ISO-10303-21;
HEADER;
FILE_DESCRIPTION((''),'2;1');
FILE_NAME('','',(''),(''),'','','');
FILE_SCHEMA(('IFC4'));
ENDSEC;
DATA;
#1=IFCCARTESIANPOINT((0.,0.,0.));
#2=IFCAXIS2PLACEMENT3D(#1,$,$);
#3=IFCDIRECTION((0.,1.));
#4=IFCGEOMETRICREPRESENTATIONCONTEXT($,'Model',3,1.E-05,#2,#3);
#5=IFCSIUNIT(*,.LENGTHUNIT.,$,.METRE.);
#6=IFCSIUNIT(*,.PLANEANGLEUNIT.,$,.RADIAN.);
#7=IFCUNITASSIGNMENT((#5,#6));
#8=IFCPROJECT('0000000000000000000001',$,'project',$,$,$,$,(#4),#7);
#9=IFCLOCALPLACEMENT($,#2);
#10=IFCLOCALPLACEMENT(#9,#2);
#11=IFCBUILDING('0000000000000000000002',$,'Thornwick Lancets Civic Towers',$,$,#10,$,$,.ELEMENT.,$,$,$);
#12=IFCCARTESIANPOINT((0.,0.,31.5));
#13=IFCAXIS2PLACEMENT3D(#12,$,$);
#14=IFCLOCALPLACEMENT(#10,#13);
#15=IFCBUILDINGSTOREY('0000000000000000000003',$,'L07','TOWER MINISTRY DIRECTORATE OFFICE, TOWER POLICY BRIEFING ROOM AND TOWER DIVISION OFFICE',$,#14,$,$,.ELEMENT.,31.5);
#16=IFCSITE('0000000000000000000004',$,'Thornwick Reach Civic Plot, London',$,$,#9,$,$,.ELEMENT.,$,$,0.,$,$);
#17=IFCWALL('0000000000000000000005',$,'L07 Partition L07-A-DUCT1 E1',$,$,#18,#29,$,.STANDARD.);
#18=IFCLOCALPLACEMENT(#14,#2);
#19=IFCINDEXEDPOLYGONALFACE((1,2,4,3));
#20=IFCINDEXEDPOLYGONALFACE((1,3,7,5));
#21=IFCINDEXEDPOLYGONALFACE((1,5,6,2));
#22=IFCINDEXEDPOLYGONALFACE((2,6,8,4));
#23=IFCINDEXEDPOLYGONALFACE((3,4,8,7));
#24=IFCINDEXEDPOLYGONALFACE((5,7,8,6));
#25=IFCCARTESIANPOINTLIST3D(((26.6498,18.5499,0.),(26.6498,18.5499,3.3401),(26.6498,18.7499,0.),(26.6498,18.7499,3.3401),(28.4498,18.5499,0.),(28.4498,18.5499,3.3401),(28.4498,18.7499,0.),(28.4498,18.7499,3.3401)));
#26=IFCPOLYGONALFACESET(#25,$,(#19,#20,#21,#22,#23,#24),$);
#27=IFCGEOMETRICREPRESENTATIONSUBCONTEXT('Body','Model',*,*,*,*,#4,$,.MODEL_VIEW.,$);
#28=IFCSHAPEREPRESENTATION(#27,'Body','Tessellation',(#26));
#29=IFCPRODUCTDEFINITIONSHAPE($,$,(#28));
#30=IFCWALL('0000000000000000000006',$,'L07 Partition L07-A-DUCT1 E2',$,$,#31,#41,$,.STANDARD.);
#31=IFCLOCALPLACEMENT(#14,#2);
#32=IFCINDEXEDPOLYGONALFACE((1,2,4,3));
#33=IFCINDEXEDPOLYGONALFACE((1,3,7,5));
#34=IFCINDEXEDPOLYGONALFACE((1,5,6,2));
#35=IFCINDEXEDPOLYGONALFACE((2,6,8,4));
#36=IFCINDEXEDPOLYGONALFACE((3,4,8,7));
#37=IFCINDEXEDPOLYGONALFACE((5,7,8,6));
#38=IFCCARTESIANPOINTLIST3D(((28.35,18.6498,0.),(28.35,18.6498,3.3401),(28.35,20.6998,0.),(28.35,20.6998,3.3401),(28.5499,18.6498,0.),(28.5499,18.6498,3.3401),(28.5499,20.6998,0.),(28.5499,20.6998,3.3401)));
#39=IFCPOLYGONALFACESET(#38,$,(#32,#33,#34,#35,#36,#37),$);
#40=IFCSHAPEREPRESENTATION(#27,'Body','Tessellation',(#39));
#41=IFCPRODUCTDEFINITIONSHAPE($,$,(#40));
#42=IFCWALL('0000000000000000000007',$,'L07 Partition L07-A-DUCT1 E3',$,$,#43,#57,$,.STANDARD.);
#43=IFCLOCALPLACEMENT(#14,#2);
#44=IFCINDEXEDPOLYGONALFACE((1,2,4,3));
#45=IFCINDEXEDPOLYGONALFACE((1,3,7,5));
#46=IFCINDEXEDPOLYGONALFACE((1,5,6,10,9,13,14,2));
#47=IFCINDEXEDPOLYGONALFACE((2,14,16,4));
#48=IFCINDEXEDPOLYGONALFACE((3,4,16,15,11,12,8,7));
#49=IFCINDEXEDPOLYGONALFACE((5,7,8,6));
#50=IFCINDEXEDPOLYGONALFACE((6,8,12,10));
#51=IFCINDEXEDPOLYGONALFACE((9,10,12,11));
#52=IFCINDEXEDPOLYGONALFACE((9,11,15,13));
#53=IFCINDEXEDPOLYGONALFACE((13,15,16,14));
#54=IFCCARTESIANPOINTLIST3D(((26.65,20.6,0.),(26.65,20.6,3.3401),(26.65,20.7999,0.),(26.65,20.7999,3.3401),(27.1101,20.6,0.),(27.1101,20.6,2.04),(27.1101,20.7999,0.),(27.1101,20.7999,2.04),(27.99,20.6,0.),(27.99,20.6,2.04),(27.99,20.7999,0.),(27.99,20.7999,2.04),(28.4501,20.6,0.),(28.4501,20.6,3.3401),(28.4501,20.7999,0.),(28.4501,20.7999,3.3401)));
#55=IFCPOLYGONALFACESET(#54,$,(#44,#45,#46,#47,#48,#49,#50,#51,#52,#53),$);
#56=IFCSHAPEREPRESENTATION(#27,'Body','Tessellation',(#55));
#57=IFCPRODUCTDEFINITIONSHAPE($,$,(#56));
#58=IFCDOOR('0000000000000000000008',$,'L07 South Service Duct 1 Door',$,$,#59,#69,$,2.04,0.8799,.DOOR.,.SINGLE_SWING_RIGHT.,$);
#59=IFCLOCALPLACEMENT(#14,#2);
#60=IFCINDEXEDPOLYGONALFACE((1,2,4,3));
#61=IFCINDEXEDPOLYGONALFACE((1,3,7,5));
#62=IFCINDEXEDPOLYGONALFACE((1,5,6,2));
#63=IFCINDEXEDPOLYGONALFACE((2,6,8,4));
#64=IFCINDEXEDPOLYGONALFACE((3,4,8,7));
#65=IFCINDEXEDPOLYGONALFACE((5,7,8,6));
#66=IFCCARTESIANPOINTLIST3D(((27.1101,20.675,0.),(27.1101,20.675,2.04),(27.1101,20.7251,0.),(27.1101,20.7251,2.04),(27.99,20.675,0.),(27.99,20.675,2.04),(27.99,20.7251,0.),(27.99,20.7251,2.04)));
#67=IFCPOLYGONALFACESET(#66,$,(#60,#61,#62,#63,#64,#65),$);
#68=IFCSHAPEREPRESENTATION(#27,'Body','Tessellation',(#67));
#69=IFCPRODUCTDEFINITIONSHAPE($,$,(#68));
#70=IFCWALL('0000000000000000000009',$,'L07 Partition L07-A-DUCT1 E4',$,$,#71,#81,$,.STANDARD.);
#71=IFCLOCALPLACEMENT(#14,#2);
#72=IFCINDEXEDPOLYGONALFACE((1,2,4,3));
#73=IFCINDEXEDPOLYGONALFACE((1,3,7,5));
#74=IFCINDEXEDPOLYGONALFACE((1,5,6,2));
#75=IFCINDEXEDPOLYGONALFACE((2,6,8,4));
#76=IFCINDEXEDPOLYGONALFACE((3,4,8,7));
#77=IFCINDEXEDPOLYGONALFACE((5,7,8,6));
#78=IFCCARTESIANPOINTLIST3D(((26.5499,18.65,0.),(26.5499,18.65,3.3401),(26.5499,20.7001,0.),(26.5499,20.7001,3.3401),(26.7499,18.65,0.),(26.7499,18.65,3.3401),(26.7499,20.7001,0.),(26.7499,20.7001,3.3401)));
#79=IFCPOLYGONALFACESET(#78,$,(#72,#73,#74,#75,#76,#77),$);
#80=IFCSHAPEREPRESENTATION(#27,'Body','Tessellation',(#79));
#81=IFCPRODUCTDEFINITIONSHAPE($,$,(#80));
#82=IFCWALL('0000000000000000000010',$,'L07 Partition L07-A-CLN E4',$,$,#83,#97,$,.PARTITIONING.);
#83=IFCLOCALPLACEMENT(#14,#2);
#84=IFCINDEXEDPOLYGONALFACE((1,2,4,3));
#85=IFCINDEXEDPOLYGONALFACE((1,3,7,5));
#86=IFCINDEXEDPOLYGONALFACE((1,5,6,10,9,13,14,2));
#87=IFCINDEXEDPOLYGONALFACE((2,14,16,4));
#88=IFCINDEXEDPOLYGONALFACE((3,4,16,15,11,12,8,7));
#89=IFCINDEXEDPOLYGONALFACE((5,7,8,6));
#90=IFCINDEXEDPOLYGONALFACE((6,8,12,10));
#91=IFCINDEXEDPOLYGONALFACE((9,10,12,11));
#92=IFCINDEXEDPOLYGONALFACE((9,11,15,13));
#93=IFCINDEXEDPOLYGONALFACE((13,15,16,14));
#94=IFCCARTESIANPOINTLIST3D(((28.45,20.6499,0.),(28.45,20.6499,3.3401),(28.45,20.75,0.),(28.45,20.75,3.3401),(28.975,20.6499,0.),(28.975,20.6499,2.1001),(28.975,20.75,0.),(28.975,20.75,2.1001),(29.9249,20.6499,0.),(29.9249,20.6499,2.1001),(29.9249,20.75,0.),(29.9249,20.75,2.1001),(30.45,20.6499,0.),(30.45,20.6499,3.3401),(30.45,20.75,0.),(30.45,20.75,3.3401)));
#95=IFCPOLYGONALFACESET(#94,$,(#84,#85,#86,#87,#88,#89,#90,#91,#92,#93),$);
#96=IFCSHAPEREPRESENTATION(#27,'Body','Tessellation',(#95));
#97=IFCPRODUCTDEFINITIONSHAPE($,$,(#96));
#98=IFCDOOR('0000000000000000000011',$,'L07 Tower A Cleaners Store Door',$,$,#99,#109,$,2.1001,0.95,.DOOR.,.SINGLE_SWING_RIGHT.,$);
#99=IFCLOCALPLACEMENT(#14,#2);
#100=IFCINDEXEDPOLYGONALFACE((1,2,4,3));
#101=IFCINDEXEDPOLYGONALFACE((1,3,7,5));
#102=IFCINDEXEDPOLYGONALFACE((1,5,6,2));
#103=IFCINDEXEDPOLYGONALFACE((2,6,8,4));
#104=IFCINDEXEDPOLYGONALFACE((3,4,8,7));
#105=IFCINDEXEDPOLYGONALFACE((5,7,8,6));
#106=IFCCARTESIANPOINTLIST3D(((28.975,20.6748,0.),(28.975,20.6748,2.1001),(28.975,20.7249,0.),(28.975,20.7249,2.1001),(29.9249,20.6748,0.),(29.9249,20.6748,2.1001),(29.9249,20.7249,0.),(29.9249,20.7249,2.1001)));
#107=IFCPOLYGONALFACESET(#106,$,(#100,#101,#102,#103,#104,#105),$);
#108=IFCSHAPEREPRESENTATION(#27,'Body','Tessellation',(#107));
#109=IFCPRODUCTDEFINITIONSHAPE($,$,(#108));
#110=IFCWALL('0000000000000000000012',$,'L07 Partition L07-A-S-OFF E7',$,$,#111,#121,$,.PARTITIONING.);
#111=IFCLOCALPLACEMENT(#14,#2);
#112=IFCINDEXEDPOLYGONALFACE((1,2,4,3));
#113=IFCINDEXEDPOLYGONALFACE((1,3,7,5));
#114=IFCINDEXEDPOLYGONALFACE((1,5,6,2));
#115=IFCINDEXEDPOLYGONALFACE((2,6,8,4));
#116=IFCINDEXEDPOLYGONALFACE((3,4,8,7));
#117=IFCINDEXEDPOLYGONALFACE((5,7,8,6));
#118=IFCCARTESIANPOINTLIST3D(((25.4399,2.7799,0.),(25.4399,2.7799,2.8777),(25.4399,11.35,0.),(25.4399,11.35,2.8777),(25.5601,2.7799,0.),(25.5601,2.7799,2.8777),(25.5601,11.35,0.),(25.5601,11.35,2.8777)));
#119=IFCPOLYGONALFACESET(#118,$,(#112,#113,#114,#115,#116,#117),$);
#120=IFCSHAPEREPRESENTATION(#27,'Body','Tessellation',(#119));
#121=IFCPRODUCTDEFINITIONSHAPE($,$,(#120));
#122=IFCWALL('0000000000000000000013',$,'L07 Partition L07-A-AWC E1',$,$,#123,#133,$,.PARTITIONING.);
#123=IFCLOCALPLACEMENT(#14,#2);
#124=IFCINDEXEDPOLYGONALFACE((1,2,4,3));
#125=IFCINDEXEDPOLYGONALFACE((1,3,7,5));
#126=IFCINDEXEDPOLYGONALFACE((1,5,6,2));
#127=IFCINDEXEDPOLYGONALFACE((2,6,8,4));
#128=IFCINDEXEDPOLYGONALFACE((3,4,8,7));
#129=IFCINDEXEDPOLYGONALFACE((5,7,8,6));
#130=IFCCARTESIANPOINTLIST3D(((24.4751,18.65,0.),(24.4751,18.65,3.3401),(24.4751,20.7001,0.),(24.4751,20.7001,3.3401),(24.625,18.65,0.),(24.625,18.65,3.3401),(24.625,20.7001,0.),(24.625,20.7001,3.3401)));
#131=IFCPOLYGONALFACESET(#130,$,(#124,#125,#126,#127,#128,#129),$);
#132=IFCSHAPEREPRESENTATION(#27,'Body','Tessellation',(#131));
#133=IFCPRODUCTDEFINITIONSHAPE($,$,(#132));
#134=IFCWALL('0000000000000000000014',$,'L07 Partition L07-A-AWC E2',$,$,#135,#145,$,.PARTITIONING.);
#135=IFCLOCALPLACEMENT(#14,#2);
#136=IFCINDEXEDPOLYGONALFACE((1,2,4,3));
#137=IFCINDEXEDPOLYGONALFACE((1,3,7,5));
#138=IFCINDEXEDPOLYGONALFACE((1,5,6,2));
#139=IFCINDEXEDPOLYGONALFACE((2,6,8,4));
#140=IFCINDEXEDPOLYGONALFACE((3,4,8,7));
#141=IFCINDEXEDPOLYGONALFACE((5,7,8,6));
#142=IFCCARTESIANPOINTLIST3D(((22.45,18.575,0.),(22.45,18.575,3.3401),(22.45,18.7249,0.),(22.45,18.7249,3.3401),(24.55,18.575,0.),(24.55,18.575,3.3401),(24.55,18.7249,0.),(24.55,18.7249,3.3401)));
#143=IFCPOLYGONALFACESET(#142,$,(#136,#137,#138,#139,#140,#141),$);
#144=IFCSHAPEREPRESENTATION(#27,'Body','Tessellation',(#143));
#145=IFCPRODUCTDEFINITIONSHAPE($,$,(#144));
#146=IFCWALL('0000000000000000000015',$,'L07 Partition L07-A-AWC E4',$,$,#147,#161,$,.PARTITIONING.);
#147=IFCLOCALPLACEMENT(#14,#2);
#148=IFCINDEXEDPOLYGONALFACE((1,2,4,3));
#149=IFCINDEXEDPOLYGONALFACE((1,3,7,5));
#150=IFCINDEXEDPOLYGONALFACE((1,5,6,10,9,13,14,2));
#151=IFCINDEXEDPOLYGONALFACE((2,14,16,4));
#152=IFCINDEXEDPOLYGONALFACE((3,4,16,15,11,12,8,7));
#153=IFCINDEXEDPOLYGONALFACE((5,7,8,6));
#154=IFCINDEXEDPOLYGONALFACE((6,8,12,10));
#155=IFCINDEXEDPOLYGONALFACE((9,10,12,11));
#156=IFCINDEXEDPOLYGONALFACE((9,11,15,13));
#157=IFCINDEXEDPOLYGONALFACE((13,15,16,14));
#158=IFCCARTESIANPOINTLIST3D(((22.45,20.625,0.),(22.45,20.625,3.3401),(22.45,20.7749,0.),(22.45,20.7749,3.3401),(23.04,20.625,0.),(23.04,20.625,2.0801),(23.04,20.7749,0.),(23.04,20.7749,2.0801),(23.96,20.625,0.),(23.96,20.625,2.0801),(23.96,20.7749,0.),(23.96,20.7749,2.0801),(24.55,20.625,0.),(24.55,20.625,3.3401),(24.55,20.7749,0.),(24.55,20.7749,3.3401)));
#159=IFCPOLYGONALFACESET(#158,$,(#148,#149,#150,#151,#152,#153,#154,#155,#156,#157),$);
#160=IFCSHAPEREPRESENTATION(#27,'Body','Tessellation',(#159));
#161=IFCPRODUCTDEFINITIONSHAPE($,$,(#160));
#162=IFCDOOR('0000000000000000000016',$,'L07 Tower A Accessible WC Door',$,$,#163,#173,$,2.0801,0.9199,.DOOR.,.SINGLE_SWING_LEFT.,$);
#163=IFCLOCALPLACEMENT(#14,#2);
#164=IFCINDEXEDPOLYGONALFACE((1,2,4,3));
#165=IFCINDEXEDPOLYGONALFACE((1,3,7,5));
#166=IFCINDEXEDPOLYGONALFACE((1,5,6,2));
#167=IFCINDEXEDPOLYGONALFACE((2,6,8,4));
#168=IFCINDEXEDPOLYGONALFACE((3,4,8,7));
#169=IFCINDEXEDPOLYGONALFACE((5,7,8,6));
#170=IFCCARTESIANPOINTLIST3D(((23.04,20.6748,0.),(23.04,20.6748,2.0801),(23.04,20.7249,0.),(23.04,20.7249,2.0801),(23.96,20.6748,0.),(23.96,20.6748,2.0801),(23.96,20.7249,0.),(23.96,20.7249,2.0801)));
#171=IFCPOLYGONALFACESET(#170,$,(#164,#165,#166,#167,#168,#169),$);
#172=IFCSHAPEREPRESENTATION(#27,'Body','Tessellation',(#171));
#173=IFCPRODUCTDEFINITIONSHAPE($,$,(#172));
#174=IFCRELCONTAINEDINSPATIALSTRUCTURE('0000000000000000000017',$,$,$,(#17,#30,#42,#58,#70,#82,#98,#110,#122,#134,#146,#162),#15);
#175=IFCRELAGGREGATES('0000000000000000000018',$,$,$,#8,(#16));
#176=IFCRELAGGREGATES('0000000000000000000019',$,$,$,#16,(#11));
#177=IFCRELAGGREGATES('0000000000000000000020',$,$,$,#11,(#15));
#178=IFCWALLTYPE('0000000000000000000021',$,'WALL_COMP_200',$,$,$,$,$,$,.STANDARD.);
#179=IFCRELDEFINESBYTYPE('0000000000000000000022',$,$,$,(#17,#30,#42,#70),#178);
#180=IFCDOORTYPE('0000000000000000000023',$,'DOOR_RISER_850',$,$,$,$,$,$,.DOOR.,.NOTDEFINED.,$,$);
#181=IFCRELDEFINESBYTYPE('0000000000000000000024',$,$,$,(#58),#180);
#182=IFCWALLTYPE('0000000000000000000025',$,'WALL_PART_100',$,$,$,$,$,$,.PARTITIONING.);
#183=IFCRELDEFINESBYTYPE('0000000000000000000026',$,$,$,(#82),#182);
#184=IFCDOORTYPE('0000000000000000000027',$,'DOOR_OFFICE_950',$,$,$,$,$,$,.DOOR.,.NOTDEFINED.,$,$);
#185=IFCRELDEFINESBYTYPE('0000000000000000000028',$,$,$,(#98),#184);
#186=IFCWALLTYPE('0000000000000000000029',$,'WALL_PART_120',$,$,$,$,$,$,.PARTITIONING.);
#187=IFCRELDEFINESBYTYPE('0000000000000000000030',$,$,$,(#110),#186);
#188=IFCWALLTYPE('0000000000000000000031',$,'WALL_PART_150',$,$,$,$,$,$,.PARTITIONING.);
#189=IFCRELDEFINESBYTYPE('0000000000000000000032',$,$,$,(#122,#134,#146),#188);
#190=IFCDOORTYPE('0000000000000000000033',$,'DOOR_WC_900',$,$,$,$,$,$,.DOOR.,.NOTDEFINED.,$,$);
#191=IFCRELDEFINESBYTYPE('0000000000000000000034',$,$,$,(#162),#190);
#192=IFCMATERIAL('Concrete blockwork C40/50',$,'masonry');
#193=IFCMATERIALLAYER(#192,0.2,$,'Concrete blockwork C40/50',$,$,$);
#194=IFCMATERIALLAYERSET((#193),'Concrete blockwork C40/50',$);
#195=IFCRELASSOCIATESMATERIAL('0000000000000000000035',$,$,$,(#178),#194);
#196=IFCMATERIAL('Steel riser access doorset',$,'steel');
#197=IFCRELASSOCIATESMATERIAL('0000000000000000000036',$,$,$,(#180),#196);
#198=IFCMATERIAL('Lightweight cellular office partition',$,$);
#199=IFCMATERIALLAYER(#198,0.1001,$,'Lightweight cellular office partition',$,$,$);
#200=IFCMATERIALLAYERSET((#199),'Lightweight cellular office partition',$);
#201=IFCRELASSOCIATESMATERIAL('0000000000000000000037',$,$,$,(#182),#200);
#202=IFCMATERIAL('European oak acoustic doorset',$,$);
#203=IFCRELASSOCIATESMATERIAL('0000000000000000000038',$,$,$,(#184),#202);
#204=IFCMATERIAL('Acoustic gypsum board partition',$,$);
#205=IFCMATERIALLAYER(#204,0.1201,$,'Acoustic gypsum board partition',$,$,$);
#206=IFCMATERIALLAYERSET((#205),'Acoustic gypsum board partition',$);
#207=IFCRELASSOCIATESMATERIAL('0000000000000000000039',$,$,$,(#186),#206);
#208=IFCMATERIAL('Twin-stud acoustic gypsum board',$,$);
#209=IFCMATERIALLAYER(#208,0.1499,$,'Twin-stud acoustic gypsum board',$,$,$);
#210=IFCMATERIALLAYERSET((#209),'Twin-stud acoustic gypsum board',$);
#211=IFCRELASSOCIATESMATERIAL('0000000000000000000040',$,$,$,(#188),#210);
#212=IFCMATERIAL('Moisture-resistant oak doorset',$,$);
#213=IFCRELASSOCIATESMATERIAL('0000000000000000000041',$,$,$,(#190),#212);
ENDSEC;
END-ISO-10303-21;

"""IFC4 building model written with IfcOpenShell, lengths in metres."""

from ifc_helpers import new_model, si_unit, direction, frame, frame_2d, origin, place, context, subcontext, project, spatial, rectangle, extrude, material, layer, layer_set, type_object, element, fill, save


model = new_model("IFC4")

# Units and contexts
model_context = context("Model", 3, precision=1e-05, world=origin(), true_north=direction((0.0, 1.0)))
body_context = subcontext(model_context, "Body", "Model", "MODEL_VIEW")
ifc_project = project(units=[si_unit("LENGTHUNIT", "METRE"), si_unit("PLANEANGLEUNIT", "RADIAN")], contexts=[model_context])

# Site, building, storey
site_placement = place(None, origin())
site = spatial("IfcSite", under=ifc_project, at=site_placement, Name="Thornwick Reach Civic Plot, London", CompositionType="ELEMENT", RefElevation=0.0)
building_placement = place(site_placement, origin())
building = spatial("IfcBuilding", under=site, at=building_placement, Name="Thornwick Lancets Civic Towers", CompositionType="ELEMENT")
storey_placement = place(building_placement, frame((0.0, 0.0, 31.5)))
storey = spatial("IfcBuildingStorey", under=building, at=storey_placement, Name="L07", Description="TOWER MINISTRY DIRECTORATE OFFICE, TOWER POLICY BRIEFING ROOM AND TOWER DIVISION OFFICE", CompositionType="ELEMENT", Elevation=31.5)

# Shared definitions
ifc_material_1 = material(Name="Concrete blockwork C40/50", Category="masonry")
ifc_layer_1 = layer(ifc_material_1, 0.2, Name="Concrete blockwork C40/50")
ifc_layer_set_1 = layer_set([ifc_layer_1], Name="Concrete blockwork C40/50")
wall_type_1 = type_object("IfcWallType", Name="WALL_COMP_200", PredefinedType="STANDARD", material=ifc_layer_set_1)

# Walls
wall_1_placement = place(storey_placement, frame((26.6499, 18.6499, 0.0), z_axis=(0.0, 0.0, 1.0), x_axis=(1.0, 0.0, 0.0)))
element("IfcWall", 1, at=wall_1_placement, inside=storey, type_object=wall_type_1, Name="L07 Partition L07-A-DUCT1 E1", PredefinedType="STANDARD", context=body_context, shape_type="SweptSolid", body=[
    extrude(rectangle(XDim=1.8, YDim=0.2, at=frame_2d((0.8999, 0.0))), origin(), (0.0, 0.0, 1.0), 3.3401),
])
wall_2_placement = place(storey_placement, frame((28.45, 18.6499, 0.0), z_axis=(0.0, 0.0, 1.0), x_axis=(0.0, 1.0, 0.0)))
element("IfcWall", 2, at=wall_2_placement, inside=storey, type_object=wall_type_1, Name="L07 Partition L07-A-DUCT1 E2", PredefinedType="STANDARD", context=body_context, shape_type="SweptSolid", body=[
    extrude(rectangle(XDim=2.05, YDim=0.2, at=frame_2d((1.0249, 0.0))), origin(), (0.0, 0.0, 1.0), 3.3401),
])

# Wall, opening, door
wall_3_placement = place(storey_placement, frame((28.45, 20.7, 0.0), z_axis=(0.0, 0.0, 1.0), x_axis=(-1.0, 0.0, 0.0)))
wall_3 = element("IfcWall", 3, at=wall_3_placement, inside=storey, type_object=wall_type_1, Name="L07 Partition L07-A-DUCT1 E3", PredefinedType="STANDARD", context=body_context, shape_type="SweptSolid", body=[
    extrude(rectangle(XDim=1.8, YDim=0.2, at=frame_2d((0.8999, 0.0))), origin(), (0.0, 0.0, 1.0), 3.3401),
])
opening_1_placement = place(wall_3_placement, frame((0.46, 0.0, 0.0)))
opening_1 = element("IfcOpeningElement", 4, at=opening_1_placement, cuts=wall_3, PredefinedType="OPENING", context=body_context, shape_type="SweptSolid", body=[
    extrude(rectangle(XDim=0.8799, YDim=2.04, at=frame_2d((0.4399, 1.02))), frame((0.0, 0.1099, 0.0), z_axis=(0.0, -1.0, 0.0), x_axis=(1.0, 0.0, 0.0)), (0.0, 0.0, 1.0), 0.22),
])
ifc_material_2 = material(Name="Steel riser access doorset", Category="steel")
door_type_1 = type_object("IfcDoorType", Name="DOOR_RISER_850", OperationType="NOTDEFINED", PredefinedType="DOOR", material=ifc_material_2)
door_1_placement = place(opening_1_placement, origin())
door_1 = element("IfcDoor", 5, at=door_1_placement, inside=storey, type_object=door_type_1, Name="L07 South Service Duct 1 Door", OperationType="SINGLE_SWING_RIGHT", OverallHeight=2.04, OverallWidth=0.8799, PredefinedType="DOOR", context=body_context, shape_type="SweptSolid", body=[
    extrude(rectangle(XDim=0.8799, YDim=2.04, at=frame_2d((0.4399, 1.02))), frame((0.0, 0.0249, 0.0), z_axis=(0.0, -1.0, 0.0), x_axis=(1.0, 0.0, 0.0)), (0.0, 0.0, 1.0), 0.05),
])
fill(opening_1, door_1)

# Wall
wall_4_placement = place(storey_placement, frame((26.6499, 20.7, 0.0), z_axis=(0.0, 0.0, 1.0), x_axis=(0.0, -1.0, 0.0)))
element("IfcWall", 6, at=wall_4_placement, inside=storey, type_object=wall_type_1, Name="L07 Partition L07-A-DUCT1 E4", PredefinedType="STANDARD", context=body_context, shape_type="SweptSolid", body=[
    extrude(rectangle(XDim=2.05, YDim=0.2, at=frame_2d((1.0249, 0.0))), origin(), (0.0, 0.0, 1.0), 3.3401),
])

# Wall, opening, door
ifc_material_3 = material(Name="Lightweight cellular office partition")
ifc_layer_2 = layer(ifc_material_3, 0.1001, Name="Lightweight cellular office partition")
ifc_layer_set_2 = layer_set([ifc_layer_2], Name="Lightweight cellular office partition")
wall_type_2 = type_object("IfcWallType", Name="WALL_PART_100", PredefinedType="PARTITIONING", material=ifc_layer_set_2)
wall_5_placement = place(storey_placement, frame((28.45, 20.7, 0.0), z_axis=(0.0, 0.0, 1.0), x_axis=(1.0, 0.0, 0.0)))
wall_5 = element("IfcWall", 7, at=wall_5_placement, inside=storey, type_object=wall_type_2, Name="L07 Partition L07-A-CLN E4", PredefinedType="PARTITIONING", context=body_context, shape_type="SweptSolid", body=[
    extrude(rectangle(XDim=2.0, YDim=0.1001, at=frame_2d((1.0, 0.0))), origin(), (0.0, 0.0, 1.0), 3.3401),
])
opening_2_placement = place(wall_5_placement, frame((0.5249, 0.0, 0.0)))
opening_2 = element("IfcOpeningElement", 8, at=opening_2_placement, cuts=wall_5, PredefinedType="OPENING", context=body_context, shape_type="SweptSolid", body=[
    extrude(rectangle(XDim=0.95, YDim=2.1001, at=frame_2d((0.4751, 1.05))), frame((0.0, 0.0601, 0.0), z_axis=(0.0, -1.0, 0.0), x_axis=(1.0, 0.0, 0.0)), (0.0, 0.0, 1.0), 0.1201),
])
ifc_material_4 = material(Name="European oak acoustic doorset")
door_type_2 = type_object("IfcDoorType", Name="DOOR_OFFICE_950", OperationType="NOTDEFINED", PredefinedType="DOOR", material=ifc_material_4)
door_2_placement = place(opening_2_placement, origin())
door_2 = element("IfcDoor", 9, at=door_2_placement, inside=storey, type_object=door_type_2, Name="L07 Tower A Cleaners Store Door", OperationType="SINGLE_SWING_RIGHT", OverallHeight=2.1001, OverallWidth=0.95, PredefinedType="DOOR", context=body_context, shape_type="SweptSolid", body=[
    extrude(rectangle(XDim=0.95, YDim=2.1001, at=frame_2d((0.4751, 1.05))), frame((0.0, 0.0249, 0.0), z_axis=(0.0, -1.0, 0.0), x_axis=(1.0, 0.0, 0.0)), (0.0, 0.0, 1.0), 0.05),
])
fill(opening_2, door_2)

# Walls
ifc_material_5 = material(Name="Acoustic gypsum board partition")
ifc_layer_3 = layer(ifc_material_5, 0.1201, Name="Acoustic gypsum board partition")
ifc_layer_set_3 = layer_set([ifc_layer_3], Name="Acoustic gypsum board partition")
wall_type_3 = type_object("IfcWallType", Name="WALL_PART_120", PredefinedType="PARTITIONING", material=ifc_layer_set_3)
wall_6_placement = place(storey_placement, frame((25.5, 11.3501, 0.0), z_axis=(0.0, 0.0, 1.0), x_axis=(0.0, -1.0, 0.0)))
element("IfcWall", 10, at=wall_6_placement, inside=storey, type_object=wall_type_3, Name="L07 Partition L07-A-S-OFF E7", PredefinedType="PARTITIONING", context=body_context, shape_type="SweptSolid", body=[
    extrude(rectangle(XDim=8.5701, YDim=0.1201, at=frame_2d((4.2852, 0.0))), origin(), (0.0, 0.0, 1.0), 2.8777),
])
ifc_material_6 = material(Name="Twin-stud acoustic gypsum board")
ifc_layer_4 = layer(ifc_material_6, 0.1499, Name="Twin-stud acoustic gypsum board")
ifc_layer_set_4 = layer_set([ifc_layer_4], Name="Twin-stud acoustic gypsum board")
wall_type_4 = type_object("IfcWallType", Name="WALL_PART_150", PredefinedType="PARTITIONING", material=ifc_layer_set_4)
wall_7_placement = place(storey_placement, frame((24.55, 20.7, 0.0), z_axis=(0.0, 0.0, 1.0), x_axis=(0.0, -1.0, 0.0)))
element("IfcWall", 11, at=wall_7_placement, inside=storey, type_object=wall_type_4, Name="L07 Partition L07-A-AWC E1", PredefinedType="PARTITIONING", context=body_context, shape_type="SweptSolid", body=[
    extrude(rectangle(XDim=2.05, YDim=0.1499, at=frame_2d((1.0249, 0.0))), origin(), (0.0, 0.0, 1.0), 3.3401),
])
wall_8_placement = place(storey_placement, frame((24.55, 18.6499, 0.0), z_axis=(0.0, 0.0, 1.0), x_axis=(-1.0, 0.0, 0.0)))
element("IfcWall", 12, at=wall_8_placement, inside=storey, type_object=wall_type_4, Name="L07 Partition L07-A-AWC E2", PredefinedType="PARTITIONING", context=body_context, shape_type="SweptSolid", body=[
    extrude(rectangle(XDim=2.1001, YDim=0.1499, at=frame_2d((1.05, 0.0))), origin(), (0.0, 0.0, 1.0), 3.3401),
])

# Wall, opening, door
wall_9_placement = place(storey_placement, frame((22.45, 20.7, 0.0), z_axis=(0.0, 0.0, 1.0), x_axis=(1.0, 0.0, 0.0)))
wall_9 = element("IfcWall", 13, at=wall_9_placement, inside=storey, type_object=wall_type_4, Name="L07 Partition L07-A-AWC E4", PredefinedType="PARTITIONING", context=body_context, shape_type="SweptSolid", body=[
    extrude(rectangle(XDim=2.1001, YDim=0.1499, at=frame_2d((1.05, 0.0))), origin(), (0.0, 0.0, 1.0), 3.3401),
])
opening_3_placement = place(wall_9_placement, frame((0.5901, 0.0, 0.0)))
opening_3 = element("IfcOpeningElement", 14, at=opening_3_placement, cuts=wall_9, PredefinedType="OPENING", context=body_context, shape_type="SweptSolid", body=[
    extrude(rectangle(XDim=0.9199, YDim=2.0801, at=frame_2d((0.46, 1.04))), frame((0.0, 0.085, 0.0), z_axis=(0.0, -1.0, 0.0), x_axis=(1.0, 0.0, 0.0)), (0.0, 0.0, 1.0), 0.1699),
])
ifc_material_7 = material(Name="Moisture-resistant oak doorset")
door_type_3 = type_object("IfcDoorType", Name="DOOR_WC_900", OperationType="NOTDEFINED", PredefinedType="DOOR", material=ifc_material_7)
door_3_placement = place(opening_3_placement, origin())
door_3 = element("IfcDoor", 15, at=door_3_placement, inside=storey, type_object=door_type_3, Name="L07 Tower A Accessible WC Door", OperationType="SINGLE_SWING_LEFT", OverallHeight=2.0801, OverallWidth=0.9199, PredefinedType="DOOR", context=body_context, shape_type="SweptSolid", body=[
    extrude(rectangle(XDim=0.9199, YDim=2.0801, at=frame_2d((0.46, 1.04))), frame((0.0, 0.0249, 0.0), z_axis=(0.0, -1.0, 0.0), x_axis=(1.0, 0.0, 0.0)), (0.0, 0.0, 1.0), 0.05),
])
fill(opening_3, door_3)

save(model, "model.ifc")
